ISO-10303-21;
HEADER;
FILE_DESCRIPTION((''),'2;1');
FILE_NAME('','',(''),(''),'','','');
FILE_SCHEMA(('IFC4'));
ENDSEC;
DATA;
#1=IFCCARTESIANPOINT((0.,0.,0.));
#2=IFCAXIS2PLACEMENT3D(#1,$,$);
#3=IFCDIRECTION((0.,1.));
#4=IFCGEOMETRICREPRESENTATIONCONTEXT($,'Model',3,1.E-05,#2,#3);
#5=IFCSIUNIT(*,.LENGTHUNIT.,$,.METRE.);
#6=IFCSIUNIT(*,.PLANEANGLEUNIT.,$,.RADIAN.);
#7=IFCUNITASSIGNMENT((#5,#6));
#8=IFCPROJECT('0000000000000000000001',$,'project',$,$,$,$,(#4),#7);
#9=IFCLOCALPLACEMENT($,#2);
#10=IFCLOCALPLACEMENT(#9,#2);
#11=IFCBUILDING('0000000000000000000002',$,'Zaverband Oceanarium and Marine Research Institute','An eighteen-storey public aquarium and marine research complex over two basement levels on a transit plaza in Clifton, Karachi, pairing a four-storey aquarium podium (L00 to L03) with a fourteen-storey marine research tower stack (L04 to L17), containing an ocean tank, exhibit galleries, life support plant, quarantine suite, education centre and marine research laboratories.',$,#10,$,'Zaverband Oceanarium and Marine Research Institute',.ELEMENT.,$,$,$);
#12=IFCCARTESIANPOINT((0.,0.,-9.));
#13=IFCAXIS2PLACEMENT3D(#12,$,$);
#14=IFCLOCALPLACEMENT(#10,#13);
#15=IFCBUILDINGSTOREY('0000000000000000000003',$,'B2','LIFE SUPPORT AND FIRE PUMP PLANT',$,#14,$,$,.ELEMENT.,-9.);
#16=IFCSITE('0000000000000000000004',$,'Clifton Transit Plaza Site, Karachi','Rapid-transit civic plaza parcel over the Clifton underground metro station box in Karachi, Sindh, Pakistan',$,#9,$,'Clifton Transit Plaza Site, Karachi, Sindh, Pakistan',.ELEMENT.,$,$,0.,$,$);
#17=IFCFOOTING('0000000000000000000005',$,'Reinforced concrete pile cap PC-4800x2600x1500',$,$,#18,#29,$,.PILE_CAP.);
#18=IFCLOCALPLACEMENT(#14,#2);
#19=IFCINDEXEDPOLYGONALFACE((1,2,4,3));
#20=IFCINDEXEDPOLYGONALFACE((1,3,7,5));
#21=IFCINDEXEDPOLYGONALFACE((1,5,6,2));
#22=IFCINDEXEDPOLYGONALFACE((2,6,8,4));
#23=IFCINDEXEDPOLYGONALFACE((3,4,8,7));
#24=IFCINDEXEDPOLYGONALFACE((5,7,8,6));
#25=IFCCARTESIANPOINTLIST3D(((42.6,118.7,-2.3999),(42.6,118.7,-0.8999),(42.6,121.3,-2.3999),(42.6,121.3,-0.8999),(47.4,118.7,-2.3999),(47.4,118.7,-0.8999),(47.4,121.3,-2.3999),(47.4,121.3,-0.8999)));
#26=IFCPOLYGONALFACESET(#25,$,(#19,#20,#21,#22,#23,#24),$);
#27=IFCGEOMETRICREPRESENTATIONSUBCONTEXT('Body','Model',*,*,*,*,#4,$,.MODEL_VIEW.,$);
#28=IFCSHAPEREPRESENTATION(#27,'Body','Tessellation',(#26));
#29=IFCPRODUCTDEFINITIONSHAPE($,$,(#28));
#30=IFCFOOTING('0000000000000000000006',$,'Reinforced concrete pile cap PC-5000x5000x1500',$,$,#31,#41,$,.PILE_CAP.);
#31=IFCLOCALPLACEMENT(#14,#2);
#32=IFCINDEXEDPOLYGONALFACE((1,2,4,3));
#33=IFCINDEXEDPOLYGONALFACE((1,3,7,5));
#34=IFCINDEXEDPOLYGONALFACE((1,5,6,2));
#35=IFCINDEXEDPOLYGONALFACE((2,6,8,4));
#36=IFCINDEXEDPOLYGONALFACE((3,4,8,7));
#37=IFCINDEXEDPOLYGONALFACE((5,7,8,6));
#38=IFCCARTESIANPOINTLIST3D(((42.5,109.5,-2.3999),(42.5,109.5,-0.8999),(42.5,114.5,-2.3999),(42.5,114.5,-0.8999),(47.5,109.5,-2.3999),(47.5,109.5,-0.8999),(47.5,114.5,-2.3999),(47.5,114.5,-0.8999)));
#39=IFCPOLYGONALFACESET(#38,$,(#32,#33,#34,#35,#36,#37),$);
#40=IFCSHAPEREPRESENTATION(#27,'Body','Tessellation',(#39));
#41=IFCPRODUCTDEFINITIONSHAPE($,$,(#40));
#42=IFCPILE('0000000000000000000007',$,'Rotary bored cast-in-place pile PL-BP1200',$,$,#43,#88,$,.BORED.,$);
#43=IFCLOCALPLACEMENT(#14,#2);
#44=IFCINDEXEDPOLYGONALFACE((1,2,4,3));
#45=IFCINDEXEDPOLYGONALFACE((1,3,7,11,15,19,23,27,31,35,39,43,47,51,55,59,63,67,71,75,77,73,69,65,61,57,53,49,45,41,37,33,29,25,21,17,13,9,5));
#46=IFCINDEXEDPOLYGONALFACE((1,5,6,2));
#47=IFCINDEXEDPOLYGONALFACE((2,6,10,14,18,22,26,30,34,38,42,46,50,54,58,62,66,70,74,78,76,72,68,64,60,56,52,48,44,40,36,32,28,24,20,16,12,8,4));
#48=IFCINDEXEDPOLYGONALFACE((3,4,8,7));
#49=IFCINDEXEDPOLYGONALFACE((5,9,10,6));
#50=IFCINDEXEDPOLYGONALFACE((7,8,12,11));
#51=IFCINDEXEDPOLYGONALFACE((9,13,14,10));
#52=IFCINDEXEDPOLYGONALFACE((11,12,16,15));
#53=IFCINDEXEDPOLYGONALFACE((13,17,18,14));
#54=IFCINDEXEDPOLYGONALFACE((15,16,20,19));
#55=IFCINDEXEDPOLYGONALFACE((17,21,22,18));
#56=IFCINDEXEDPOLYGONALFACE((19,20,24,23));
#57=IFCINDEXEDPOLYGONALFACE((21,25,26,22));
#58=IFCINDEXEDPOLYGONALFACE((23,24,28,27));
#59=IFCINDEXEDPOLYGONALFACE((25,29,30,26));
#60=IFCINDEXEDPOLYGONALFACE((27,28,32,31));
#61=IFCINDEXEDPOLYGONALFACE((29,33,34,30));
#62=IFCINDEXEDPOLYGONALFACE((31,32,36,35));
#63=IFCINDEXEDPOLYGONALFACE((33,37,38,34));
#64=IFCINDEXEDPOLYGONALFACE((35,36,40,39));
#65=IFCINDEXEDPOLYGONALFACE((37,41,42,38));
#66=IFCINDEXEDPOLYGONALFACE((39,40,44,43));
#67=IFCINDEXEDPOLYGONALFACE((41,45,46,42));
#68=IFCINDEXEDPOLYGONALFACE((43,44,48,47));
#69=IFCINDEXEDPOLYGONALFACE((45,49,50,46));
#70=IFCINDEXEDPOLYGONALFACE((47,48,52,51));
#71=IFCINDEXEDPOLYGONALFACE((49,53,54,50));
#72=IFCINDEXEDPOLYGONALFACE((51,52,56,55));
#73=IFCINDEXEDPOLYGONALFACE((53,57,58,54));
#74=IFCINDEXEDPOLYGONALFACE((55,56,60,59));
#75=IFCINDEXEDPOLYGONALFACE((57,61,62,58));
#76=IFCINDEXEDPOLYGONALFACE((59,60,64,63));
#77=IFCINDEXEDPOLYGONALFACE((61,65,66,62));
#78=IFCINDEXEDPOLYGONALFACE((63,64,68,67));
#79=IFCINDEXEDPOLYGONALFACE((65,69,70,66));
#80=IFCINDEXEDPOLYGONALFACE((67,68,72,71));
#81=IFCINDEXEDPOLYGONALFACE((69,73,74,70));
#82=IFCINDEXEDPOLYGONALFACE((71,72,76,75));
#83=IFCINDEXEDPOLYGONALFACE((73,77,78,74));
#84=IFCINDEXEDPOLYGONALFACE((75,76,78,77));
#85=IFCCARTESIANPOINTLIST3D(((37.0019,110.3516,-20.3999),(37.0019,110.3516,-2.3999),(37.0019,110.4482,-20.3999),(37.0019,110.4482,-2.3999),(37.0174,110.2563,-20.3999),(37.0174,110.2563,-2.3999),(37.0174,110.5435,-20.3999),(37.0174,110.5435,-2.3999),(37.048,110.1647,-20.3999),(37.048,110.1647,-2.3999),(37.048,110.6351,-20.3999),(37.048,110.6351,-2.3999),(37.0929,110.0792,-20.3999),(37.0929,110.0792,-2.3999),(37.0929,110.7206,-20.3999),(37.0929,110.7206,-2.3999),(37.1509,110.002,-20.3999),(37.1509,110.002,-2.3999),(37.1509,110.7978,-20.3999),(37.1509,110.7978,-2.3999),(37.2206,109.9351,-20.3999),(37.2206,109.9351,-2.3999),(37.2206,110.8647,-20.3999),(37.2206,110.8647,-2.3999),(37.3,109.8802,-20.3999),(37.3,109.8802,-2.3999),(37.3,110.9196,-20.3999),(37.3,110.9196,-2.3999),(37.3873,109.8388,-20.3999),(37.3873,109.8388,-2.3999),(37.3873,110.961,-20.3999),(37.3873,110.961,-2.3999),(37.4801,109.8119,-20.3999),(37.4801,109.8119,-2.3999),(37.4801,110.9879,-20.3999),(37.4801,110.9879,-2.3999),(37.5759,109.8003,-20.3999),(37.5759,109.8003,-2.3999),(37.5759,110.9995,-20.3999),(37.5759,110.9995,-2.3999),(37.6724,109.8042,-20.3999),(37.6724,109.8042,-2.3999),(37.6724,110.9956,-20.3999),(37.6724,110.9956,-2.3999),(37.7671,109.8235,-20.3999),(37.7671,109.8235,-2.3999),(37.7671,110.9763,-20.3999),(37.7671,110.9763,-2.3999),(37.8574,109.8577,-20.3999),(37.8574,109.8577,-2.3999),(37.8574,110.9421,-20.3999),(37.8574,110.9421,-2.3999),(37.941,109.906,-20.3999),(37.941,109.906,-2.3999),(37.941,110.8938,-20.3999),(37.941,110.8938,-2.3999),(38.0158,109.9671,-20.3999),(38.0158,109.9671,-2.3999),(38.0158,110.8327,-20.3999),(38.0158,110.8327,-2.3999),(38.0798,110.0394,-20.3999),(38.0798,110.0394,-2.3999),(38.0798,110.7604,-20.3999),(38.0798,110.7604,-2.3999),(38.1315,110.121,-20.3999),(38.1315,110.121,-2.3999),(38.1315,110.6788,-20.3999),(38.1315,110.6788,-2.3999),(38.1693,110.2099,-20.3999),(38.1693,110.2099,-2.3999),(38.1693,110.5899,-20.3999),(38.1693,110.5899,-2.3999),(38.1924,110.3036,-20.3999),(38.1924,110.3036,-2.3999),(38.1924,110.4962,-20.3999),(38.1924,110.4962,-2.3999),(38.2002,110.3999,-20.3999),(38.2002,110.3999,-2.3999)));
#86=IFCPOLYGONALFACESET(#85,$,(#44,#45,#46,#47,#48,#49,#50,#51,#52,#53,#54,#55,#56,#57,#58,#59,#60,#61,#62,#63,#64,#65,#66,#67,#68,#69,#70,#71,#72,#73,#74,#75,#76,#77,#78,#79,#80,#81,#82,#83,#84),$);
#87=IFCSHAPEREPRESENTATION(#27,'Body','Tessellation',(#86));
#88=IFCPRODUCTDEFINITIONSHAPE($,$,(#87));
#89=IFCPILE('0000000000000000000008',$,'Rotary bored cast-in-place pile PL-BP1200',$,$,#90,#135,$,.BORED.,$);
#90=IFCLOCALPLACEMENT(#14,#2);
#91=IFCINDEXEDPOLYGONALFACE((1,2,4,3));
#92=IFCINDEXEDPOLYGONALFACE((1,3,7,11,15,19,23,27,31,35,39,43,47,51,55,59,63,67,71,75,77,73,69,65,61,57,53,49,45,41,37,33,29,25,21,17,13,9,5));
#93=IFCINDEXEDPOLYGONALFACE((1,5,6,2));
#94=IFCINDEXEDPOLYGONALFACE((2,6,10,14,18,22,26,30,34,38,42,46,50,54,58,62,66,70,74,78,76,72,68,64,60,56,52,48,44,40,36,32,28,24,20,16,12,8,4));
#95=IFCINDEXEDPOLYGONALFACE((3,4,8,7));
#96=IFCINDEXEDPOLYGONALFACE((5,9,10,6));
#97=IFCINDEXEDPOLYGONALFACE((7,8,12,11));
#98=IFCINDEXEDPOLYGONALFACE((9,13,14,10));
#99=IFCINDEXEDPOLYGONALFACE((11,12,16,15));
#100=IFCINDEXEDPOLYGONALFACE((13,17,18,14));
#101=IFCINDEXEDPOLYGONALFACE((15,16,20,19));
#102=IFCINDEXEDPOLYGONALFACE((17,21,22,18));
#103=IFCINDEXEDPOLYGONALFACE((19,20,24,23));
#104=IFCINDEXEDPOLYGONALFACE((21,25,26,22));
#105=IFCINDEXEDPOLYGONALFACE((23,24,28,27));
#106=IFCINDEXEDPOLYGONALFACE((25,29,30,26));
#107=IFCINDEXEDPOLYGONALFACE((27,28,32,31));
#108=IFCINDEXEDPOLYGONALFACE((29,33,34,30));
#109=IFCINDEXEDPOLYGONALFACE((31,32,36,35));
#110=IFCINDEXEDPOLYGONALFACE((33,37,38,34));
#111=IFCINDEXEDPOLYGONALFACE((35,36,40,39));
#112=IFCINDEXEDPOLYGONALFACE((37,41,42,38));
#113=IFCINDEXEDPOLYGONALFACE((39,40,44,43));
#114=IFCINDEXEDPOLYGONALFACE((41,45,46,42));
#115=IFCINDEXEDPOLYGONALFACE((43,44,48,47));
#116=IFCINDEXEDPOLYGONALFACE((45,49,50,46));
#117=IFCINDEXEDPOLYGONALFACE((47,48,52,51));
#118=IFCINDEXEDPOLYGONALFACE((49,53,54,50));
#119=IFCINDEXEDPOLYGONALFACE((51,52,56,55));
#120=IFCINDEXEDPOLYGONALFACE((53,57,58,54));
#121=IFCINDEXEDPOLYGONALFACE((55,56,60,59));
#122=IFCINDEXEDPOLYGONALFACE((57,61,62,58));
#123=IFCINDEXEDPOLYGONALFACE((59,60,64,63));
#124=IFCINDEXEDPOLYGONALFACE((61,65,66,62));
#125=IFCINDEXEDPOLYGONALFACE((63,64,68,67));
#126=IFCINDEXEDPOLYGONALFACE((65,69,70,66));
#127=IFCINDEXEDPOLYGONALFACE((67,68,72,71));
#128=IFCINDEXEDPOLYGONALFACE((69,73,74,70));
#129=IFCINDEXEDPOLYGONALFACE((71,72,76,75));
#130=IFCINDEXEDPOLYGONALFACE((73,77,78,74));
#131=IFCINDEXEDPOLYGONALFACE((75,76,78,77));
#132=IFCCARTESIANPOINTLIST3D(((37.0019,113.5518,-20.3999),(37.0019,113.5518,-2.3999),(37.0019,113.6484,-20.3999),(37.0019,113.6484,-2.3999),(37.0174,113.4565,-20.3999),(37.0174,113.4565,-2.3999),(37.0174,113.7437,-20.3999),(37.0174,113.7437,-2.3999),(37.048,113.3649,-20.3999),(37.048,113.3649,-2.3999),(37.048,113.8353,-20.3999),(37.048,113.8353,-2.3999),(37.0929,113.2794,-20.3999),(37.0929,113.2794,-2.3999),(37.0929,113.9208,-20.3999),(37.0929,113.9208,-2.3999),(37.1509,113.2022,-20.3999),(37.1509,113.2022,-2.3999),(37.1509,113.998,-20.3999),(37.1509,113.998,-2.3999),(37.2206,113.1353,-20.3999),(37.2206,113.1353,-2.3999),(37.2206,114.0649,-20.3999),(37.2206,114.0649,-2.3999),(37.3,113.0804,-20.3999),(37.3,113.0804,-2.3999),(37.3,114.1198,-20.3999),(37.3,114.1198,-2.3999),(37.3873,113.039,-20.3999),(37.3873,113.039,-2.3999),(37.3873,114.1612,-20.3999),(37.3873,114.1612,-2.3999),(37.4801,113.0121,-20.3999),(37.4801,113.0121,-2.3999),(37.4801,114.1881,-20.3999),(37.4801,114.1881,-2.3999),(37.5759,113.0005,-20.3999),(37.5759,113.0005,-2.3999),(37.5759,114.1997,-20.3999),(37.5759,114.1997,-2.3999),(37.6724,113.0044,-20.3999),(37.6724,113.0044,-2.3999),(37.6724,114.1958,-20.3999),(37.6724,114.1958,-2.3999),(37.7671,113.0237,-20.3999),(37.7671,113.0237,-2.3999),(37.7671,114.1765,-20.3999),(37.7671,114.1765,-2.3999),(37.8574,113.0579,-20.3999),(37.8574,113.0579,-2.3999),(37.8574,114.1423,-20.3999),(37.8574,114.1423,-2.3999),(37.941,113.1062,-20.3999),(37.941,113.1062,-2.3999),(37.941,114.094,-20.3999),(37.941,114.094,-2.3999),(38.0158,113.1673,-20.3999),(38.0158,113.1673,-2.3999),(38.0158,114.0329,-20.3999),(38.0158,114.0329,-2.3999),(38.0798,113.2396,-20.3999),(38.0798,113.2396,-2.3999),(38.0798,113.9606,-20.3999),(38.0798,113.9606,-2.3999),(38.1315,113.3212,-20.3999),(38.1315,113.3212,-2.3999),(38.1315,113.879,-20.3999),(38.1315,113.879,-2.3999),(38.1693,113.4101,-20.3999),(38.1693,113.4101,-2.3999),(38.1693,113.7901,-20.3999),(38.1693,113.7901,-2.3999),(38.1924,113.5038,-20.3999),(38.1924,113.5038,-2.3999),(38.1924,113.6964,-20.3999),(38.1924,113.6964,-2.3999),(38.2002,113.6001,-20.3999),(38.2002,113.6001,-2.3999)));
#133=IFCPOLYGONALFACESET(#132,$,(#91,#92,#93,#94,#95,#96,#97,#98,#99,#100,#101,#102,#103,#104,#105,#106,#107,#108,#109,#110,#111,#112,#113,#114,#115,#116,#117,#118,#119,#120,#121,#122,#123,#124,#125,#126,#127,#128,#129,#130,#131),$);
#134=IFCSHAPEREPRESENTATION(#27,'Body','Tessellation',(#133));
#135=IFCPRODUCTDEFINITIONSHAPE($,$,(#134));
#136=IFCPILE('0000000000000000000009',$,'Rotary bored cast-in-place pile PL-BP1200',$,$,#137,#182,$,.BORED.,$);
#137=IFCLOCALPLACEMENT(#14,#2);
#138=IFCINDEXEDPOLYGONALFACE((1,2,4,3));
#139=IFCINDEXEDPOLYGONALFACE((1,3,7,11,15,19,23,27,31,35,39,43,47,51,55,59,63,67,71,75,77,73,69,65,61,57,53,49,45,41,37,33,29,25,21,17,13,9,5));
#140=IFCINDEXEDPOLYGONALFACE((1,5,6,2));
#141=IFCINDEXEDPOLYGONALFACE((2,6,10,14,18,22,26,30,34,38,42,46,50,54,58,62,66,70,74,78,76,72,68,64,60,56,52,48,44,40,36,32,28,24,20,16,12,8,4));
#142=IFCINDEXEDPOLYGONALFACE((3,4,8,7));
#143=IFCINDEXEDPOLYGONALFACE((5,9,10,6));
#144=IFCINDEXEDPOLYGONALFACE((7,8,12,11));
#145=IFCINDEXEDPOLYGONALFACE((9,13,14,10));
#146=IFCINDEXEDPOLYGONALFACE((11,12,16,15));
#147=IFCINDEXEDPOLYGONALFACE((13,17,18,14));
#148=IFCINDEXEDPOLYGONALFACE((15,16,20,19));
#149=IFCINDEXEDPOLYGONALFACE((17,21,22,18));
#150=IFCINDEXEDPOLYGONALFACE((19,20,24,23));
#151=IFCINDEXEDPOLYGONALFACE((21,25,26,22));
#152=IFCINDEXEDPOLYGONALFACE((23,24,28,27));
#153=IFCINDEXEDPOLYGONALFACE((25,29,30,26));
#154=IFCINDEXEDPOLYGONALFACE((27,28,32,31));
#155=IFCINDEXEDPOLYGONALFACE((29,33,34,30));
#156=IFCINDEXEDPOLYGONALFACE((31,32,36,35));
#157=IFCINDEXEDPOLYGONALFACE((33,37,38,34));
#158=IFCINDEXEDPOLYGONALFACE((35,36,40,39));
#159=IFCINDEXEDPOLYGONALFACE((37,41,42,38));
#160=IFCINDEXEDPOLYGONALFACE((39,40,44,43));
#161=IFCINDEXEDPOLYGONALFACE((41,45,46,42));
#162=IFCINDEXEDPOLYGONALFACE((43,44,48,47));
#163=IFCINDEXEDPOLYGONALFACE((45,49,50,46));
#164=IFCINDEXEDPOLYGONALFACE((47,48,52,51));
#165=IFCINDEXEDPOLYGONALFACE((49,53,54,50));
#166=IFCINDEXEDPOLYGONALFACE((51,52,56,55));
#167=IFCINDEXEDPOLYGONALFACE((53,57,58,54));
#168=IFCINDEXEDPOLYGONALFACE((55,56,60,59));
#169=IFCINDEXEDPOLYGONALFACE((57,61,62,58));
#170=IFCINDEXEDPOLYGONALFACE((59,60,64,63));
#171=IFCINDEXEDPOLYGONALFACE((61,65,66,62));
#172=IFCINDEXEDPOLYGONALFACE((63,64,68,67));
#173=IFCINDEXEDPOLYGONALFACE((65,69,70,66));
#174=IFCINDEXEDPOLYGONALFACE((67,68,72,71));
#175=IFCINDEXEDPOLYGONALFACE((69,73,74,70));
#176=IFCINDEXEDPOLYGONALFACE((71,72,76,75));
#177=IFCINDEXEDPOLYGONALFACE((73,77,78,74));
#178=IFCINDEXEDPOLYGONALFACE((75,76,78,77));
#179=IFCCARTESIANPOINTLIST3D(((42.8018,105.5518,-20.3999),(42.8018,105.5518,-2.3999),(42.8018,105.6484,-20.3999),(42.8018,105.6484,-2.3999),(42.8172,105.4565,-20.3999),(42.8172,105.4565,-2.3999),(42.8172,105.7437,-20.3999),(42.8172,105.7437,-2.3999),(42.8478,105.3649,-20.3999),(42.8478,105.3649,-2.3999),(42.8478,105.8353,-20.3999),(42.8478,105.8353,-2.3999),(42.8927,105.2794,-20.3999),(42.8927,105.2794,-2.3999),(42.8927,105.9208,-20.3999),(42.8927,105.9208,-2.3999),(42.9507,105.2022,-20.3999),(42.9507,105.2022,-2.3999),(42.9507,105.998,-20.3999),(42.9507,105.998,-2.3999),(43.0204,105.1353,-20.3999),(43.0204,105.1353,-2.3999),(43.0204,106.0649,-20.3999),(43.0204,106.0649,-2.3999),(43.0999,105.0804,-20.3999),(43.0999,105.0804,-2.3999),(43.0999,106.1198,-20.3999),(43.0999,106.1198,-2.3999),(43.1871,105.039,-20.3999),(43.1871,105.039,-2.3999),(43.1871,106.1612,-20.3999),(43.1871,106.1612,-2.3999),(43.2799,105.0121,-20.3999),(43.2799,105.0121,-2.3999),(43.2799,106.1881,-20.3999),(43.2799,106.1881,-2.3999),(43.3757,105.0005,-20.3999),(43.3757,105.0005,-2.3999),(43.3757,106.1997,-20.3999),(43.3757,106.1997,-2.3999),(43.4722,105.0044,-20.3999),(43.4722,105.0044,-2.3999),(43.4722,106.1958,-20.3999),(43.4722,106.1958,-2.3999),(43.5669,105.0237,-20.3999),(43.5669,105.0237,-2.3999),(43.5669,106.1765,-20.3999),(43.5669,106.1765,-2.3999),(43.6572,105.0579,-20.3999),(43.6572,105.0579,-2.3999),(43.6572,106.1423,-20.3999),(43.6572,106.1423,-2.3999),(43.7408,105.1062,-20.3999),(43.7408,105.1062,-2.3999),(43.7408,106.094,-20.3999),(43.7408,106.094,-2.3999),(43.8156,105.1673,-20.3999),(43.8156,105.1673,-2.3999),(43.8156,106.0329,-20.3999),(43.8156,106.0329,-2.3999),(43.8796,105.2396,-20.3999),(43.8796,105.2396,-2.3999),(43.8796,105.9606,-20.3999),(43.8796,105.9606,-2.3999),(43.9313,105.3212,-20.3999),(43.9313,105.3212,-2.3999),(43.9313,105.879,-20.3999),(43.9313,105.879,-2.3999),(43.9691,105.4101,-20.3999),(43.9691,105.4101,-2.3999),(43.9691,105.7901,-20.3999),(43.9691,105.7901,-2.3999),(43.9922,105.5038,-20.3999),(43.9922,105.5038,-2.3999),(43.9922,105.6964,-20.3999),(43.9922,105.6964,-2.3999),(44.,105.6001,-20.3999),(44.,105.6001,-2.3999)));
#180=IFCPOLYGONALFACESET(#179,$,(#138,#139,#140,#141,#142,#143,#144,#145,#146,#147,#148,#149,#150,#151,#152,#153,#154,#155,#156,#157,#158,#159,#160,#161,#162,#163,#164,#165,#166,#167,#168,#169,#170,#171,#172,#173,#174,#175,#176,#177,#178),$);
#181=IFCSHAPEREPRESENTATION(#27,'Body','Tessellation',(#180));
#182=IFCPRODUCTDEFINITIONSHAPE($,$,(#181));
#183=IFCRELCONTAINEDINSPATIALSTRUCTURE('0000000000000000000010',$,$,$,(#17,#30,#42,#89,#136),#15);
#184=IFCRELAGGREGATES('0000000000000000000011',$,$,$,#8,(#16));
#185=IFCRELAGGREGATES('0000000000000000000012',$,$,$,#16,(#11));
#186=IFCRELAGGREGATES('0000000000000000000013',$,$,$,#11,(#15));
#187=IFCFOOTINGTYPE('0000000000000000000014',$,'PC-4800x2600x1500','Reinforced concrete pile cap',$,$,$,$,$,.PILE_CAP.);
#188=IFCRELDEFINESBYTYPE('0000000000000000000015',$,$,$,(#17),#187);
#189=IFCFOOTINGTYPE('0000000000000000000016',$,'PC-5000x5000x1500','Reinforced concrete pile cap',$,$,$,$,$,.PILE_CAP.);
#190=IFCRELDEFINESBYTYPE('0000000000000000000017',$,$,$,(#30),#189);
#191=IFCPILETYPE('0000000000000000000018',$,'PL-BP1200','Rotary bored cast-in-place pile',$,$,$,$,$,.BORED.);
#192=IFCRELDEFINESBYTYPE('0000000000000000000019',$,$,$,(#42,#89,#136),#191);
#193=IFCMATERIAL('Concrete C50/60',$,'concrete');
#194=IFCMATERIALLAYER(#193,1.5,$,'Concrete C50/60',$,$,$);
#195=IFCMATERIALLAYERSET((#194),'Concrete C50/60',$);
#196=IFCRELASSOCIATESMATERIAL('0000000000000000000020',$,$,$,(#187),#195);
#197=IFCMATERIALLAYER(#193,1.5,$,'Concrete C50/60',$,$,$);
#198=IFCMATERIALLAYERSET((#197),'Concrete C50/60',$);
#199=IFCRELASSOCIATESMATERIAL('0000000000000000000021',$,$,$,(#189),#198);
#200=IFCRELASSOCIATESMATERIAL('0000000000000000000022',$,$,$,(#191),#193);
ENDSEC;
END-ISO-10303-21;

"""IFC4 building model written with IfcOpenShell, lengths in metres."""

from ifc_helpers import new_model, si_unit, direction, frame, origin, origin_2d, place, context, subcontext, project, spatial, rectangle, circle, extrude, material, layer, layer_set, material_profile, profile_set, type_object, element, save


model = new_model("IFC4")

# Units and contexts
model_context = context("Model", 3, precision=1e-05, world=origin(), true_north=direction((0.0, 1.0)))
body_context = subcontext(model_context, "Body", "Model", "MODEL_VIEW")
ifc_project = project(units=[si_unit("LENGTHUNIT", "METRE"), si_unit("PLANEANGLEUNIT", "RADIAN")], contexts=[model_context])

# Site, building, storey
site_placement = place(None, origin())
site = spatial("IfcSite", under=ifc_project, at=site_placement, Name="Clifton Transit Plaza Site, Karachi", Description="Rapid-transit civic plaza parcel over the Clifton underground metro station box in Karachi, Sindh, Pakistan", LongName="Clifton Transit Plaza Site, Karachi, Sindh, Pakistan", CompositionType="ELEMENT", RefElevation=0.0)
building_placement = place(site_placement, origin())
building = spatial("IfcBuilding", under=site, at=building_placement, Name="Zaverband Oceanarium and Marine Research Institute", Description="An eighteen-storey public aquarium and marine research complex over two basement levels on a transit plaza in Clifton, Karachi, pairing a four-storey aquarium podium (L00 to L03) with a fourteen-storey marine research tower stack (L04 to L17), containing an ocean tank, exhibit galleries, life support plant, quarantine suite, education centre and marine research laboratories.", LongName="Zaverband Oceanarium and Marine Research Institute", CompositionType="ELEMENT")
storey_placement = place(building_placement, frame((0.0, 0.0, -9.0)))
storey = spatial("IfcBuildingStorey", under=building, at=storey_placement, Name="B2", Description="LIFE SUPPORT AND FIRE PUMP PLANT", CompositionType="ELEMENT", Elevation=-9.0)

# Footings
ifc_material_1 = material(Name="Concrete C50/60", Category="concrete")
ifc_layer_1 = layer(ifc_material_1, 1.5, Name="Concrete C50/60")
ifc_layer_set_1 = layer_set([ifc_layer_1], Name="Concrete C50/60")
footing_type_1 = type_object("IfcFootingType", Name="PC-4800x2600x1500", Description="Reinforced concrete pile cap", PredefinedType="PILE_CAP", material=ifc_layer_set_1)
footing_1_placement = place(storey_placement, frame((45.0, 120.0, -2.3999), z_axis=(0.0, 0.0, 1.0), x_axis=(1.0, 0.0, 0.0)))
element("IfcFooting", 1, at=footing_1_placement, inside=storey, type_object=footing_type_1, Name="Reinforced concrete pile cap PC-4800x2600x1500", PredefinedType="PILE_CAP", context=body_context, shape_type="SweptSolid", body=[
    extrude(rectangle(XDim=4.8, YDim=2.6001, at=origin_2d()), origin(), (0.0, 0.0, 1.0), 1.5),
])
ifc_layer_2 = layer(ifc_material_1, 1.5, Name="Concrete C50/60")
ifc_layer_set_2 = layer_set([ifc_layer_2], Name="Concrete C50/60")
footing_type_2 = type_object("IfcFootingType", Name="PC-5000x5000x1500", Description="Reinforced concrete pile cap", PredefinedType="PILE_CAP", material=ifc_layer_set_2)
footing_2_placement = place(storey_placement, frame((45.0, 112.0, -2.3999), z_axis=(0.0, 0.0, 1.0), x_axis=(1.0, 0.0, 0.0)))
element("IfcFooting", 2, at=footing_2_placement, inside=storey, type_object=footing_type_2, Name="Reinforced concrete pile cap PC-5000x5000x1500", PredefinedType="PILE_CAP", context=body_context, shape_type="SweptSolid", body=[
    extrude(rectangle(XDim=5.0, YDim=5.0, at=origin_2d()), origin(), (0.0, 0.0, 1.0), 1.5),
])

# Piles
ifc_material_profile_1 = material_profile(ifc_material_1, circle(Radius=0.6001, at=origin_2d()), Name="BP1200")
ifc_profile_set_1 = profile_set([ifc_material_profile_1], Name="Concrete C50/60")
pile_type = type_object("IfcPileType", Name="PL-BP1200", Description="Rotary bored cast-in-place pile", PredefinedType="BORED", material=ifc_profile_set_1)
for number, where, z_axis, x_axis, name in (
    (3, (37.6001, 110.3999, -2.3999), (0.0, 0.0, -1.0), (1.0, 0.0, 0.0), "Rotary bored cast-in-place pile PL-BP1200"),
    (4, (37.6001, 113.6001, -2.3999), (0.0, 0.0, -1.0), (1.0, 0.0, 0.0), "Rotary bored cast-in-place pile PL-BP1200"),
    (5, (43.3999, 105.6001, -2.3999), (0.0, 0.0, -1.0), (1.0, 0.0, 0.0), "Rotary bored cast-in-place pile PL-BP1200"),
):
    element("IfcPile", number, at=place(storey_placement, frame(where, z_axis=z_axis, x_axis=x_axis)), inside=storey, type_object=pile_type, Name=name, PredefinedType="BORED", context=body_context, shape_type="SweptSolid", body=[
        extrude(circle(Radius=0.6001, at=origin_2d()), origin(), (0.0, 0.0, 1.0), 18.0),
    ])

save(model, "model.ifc")
